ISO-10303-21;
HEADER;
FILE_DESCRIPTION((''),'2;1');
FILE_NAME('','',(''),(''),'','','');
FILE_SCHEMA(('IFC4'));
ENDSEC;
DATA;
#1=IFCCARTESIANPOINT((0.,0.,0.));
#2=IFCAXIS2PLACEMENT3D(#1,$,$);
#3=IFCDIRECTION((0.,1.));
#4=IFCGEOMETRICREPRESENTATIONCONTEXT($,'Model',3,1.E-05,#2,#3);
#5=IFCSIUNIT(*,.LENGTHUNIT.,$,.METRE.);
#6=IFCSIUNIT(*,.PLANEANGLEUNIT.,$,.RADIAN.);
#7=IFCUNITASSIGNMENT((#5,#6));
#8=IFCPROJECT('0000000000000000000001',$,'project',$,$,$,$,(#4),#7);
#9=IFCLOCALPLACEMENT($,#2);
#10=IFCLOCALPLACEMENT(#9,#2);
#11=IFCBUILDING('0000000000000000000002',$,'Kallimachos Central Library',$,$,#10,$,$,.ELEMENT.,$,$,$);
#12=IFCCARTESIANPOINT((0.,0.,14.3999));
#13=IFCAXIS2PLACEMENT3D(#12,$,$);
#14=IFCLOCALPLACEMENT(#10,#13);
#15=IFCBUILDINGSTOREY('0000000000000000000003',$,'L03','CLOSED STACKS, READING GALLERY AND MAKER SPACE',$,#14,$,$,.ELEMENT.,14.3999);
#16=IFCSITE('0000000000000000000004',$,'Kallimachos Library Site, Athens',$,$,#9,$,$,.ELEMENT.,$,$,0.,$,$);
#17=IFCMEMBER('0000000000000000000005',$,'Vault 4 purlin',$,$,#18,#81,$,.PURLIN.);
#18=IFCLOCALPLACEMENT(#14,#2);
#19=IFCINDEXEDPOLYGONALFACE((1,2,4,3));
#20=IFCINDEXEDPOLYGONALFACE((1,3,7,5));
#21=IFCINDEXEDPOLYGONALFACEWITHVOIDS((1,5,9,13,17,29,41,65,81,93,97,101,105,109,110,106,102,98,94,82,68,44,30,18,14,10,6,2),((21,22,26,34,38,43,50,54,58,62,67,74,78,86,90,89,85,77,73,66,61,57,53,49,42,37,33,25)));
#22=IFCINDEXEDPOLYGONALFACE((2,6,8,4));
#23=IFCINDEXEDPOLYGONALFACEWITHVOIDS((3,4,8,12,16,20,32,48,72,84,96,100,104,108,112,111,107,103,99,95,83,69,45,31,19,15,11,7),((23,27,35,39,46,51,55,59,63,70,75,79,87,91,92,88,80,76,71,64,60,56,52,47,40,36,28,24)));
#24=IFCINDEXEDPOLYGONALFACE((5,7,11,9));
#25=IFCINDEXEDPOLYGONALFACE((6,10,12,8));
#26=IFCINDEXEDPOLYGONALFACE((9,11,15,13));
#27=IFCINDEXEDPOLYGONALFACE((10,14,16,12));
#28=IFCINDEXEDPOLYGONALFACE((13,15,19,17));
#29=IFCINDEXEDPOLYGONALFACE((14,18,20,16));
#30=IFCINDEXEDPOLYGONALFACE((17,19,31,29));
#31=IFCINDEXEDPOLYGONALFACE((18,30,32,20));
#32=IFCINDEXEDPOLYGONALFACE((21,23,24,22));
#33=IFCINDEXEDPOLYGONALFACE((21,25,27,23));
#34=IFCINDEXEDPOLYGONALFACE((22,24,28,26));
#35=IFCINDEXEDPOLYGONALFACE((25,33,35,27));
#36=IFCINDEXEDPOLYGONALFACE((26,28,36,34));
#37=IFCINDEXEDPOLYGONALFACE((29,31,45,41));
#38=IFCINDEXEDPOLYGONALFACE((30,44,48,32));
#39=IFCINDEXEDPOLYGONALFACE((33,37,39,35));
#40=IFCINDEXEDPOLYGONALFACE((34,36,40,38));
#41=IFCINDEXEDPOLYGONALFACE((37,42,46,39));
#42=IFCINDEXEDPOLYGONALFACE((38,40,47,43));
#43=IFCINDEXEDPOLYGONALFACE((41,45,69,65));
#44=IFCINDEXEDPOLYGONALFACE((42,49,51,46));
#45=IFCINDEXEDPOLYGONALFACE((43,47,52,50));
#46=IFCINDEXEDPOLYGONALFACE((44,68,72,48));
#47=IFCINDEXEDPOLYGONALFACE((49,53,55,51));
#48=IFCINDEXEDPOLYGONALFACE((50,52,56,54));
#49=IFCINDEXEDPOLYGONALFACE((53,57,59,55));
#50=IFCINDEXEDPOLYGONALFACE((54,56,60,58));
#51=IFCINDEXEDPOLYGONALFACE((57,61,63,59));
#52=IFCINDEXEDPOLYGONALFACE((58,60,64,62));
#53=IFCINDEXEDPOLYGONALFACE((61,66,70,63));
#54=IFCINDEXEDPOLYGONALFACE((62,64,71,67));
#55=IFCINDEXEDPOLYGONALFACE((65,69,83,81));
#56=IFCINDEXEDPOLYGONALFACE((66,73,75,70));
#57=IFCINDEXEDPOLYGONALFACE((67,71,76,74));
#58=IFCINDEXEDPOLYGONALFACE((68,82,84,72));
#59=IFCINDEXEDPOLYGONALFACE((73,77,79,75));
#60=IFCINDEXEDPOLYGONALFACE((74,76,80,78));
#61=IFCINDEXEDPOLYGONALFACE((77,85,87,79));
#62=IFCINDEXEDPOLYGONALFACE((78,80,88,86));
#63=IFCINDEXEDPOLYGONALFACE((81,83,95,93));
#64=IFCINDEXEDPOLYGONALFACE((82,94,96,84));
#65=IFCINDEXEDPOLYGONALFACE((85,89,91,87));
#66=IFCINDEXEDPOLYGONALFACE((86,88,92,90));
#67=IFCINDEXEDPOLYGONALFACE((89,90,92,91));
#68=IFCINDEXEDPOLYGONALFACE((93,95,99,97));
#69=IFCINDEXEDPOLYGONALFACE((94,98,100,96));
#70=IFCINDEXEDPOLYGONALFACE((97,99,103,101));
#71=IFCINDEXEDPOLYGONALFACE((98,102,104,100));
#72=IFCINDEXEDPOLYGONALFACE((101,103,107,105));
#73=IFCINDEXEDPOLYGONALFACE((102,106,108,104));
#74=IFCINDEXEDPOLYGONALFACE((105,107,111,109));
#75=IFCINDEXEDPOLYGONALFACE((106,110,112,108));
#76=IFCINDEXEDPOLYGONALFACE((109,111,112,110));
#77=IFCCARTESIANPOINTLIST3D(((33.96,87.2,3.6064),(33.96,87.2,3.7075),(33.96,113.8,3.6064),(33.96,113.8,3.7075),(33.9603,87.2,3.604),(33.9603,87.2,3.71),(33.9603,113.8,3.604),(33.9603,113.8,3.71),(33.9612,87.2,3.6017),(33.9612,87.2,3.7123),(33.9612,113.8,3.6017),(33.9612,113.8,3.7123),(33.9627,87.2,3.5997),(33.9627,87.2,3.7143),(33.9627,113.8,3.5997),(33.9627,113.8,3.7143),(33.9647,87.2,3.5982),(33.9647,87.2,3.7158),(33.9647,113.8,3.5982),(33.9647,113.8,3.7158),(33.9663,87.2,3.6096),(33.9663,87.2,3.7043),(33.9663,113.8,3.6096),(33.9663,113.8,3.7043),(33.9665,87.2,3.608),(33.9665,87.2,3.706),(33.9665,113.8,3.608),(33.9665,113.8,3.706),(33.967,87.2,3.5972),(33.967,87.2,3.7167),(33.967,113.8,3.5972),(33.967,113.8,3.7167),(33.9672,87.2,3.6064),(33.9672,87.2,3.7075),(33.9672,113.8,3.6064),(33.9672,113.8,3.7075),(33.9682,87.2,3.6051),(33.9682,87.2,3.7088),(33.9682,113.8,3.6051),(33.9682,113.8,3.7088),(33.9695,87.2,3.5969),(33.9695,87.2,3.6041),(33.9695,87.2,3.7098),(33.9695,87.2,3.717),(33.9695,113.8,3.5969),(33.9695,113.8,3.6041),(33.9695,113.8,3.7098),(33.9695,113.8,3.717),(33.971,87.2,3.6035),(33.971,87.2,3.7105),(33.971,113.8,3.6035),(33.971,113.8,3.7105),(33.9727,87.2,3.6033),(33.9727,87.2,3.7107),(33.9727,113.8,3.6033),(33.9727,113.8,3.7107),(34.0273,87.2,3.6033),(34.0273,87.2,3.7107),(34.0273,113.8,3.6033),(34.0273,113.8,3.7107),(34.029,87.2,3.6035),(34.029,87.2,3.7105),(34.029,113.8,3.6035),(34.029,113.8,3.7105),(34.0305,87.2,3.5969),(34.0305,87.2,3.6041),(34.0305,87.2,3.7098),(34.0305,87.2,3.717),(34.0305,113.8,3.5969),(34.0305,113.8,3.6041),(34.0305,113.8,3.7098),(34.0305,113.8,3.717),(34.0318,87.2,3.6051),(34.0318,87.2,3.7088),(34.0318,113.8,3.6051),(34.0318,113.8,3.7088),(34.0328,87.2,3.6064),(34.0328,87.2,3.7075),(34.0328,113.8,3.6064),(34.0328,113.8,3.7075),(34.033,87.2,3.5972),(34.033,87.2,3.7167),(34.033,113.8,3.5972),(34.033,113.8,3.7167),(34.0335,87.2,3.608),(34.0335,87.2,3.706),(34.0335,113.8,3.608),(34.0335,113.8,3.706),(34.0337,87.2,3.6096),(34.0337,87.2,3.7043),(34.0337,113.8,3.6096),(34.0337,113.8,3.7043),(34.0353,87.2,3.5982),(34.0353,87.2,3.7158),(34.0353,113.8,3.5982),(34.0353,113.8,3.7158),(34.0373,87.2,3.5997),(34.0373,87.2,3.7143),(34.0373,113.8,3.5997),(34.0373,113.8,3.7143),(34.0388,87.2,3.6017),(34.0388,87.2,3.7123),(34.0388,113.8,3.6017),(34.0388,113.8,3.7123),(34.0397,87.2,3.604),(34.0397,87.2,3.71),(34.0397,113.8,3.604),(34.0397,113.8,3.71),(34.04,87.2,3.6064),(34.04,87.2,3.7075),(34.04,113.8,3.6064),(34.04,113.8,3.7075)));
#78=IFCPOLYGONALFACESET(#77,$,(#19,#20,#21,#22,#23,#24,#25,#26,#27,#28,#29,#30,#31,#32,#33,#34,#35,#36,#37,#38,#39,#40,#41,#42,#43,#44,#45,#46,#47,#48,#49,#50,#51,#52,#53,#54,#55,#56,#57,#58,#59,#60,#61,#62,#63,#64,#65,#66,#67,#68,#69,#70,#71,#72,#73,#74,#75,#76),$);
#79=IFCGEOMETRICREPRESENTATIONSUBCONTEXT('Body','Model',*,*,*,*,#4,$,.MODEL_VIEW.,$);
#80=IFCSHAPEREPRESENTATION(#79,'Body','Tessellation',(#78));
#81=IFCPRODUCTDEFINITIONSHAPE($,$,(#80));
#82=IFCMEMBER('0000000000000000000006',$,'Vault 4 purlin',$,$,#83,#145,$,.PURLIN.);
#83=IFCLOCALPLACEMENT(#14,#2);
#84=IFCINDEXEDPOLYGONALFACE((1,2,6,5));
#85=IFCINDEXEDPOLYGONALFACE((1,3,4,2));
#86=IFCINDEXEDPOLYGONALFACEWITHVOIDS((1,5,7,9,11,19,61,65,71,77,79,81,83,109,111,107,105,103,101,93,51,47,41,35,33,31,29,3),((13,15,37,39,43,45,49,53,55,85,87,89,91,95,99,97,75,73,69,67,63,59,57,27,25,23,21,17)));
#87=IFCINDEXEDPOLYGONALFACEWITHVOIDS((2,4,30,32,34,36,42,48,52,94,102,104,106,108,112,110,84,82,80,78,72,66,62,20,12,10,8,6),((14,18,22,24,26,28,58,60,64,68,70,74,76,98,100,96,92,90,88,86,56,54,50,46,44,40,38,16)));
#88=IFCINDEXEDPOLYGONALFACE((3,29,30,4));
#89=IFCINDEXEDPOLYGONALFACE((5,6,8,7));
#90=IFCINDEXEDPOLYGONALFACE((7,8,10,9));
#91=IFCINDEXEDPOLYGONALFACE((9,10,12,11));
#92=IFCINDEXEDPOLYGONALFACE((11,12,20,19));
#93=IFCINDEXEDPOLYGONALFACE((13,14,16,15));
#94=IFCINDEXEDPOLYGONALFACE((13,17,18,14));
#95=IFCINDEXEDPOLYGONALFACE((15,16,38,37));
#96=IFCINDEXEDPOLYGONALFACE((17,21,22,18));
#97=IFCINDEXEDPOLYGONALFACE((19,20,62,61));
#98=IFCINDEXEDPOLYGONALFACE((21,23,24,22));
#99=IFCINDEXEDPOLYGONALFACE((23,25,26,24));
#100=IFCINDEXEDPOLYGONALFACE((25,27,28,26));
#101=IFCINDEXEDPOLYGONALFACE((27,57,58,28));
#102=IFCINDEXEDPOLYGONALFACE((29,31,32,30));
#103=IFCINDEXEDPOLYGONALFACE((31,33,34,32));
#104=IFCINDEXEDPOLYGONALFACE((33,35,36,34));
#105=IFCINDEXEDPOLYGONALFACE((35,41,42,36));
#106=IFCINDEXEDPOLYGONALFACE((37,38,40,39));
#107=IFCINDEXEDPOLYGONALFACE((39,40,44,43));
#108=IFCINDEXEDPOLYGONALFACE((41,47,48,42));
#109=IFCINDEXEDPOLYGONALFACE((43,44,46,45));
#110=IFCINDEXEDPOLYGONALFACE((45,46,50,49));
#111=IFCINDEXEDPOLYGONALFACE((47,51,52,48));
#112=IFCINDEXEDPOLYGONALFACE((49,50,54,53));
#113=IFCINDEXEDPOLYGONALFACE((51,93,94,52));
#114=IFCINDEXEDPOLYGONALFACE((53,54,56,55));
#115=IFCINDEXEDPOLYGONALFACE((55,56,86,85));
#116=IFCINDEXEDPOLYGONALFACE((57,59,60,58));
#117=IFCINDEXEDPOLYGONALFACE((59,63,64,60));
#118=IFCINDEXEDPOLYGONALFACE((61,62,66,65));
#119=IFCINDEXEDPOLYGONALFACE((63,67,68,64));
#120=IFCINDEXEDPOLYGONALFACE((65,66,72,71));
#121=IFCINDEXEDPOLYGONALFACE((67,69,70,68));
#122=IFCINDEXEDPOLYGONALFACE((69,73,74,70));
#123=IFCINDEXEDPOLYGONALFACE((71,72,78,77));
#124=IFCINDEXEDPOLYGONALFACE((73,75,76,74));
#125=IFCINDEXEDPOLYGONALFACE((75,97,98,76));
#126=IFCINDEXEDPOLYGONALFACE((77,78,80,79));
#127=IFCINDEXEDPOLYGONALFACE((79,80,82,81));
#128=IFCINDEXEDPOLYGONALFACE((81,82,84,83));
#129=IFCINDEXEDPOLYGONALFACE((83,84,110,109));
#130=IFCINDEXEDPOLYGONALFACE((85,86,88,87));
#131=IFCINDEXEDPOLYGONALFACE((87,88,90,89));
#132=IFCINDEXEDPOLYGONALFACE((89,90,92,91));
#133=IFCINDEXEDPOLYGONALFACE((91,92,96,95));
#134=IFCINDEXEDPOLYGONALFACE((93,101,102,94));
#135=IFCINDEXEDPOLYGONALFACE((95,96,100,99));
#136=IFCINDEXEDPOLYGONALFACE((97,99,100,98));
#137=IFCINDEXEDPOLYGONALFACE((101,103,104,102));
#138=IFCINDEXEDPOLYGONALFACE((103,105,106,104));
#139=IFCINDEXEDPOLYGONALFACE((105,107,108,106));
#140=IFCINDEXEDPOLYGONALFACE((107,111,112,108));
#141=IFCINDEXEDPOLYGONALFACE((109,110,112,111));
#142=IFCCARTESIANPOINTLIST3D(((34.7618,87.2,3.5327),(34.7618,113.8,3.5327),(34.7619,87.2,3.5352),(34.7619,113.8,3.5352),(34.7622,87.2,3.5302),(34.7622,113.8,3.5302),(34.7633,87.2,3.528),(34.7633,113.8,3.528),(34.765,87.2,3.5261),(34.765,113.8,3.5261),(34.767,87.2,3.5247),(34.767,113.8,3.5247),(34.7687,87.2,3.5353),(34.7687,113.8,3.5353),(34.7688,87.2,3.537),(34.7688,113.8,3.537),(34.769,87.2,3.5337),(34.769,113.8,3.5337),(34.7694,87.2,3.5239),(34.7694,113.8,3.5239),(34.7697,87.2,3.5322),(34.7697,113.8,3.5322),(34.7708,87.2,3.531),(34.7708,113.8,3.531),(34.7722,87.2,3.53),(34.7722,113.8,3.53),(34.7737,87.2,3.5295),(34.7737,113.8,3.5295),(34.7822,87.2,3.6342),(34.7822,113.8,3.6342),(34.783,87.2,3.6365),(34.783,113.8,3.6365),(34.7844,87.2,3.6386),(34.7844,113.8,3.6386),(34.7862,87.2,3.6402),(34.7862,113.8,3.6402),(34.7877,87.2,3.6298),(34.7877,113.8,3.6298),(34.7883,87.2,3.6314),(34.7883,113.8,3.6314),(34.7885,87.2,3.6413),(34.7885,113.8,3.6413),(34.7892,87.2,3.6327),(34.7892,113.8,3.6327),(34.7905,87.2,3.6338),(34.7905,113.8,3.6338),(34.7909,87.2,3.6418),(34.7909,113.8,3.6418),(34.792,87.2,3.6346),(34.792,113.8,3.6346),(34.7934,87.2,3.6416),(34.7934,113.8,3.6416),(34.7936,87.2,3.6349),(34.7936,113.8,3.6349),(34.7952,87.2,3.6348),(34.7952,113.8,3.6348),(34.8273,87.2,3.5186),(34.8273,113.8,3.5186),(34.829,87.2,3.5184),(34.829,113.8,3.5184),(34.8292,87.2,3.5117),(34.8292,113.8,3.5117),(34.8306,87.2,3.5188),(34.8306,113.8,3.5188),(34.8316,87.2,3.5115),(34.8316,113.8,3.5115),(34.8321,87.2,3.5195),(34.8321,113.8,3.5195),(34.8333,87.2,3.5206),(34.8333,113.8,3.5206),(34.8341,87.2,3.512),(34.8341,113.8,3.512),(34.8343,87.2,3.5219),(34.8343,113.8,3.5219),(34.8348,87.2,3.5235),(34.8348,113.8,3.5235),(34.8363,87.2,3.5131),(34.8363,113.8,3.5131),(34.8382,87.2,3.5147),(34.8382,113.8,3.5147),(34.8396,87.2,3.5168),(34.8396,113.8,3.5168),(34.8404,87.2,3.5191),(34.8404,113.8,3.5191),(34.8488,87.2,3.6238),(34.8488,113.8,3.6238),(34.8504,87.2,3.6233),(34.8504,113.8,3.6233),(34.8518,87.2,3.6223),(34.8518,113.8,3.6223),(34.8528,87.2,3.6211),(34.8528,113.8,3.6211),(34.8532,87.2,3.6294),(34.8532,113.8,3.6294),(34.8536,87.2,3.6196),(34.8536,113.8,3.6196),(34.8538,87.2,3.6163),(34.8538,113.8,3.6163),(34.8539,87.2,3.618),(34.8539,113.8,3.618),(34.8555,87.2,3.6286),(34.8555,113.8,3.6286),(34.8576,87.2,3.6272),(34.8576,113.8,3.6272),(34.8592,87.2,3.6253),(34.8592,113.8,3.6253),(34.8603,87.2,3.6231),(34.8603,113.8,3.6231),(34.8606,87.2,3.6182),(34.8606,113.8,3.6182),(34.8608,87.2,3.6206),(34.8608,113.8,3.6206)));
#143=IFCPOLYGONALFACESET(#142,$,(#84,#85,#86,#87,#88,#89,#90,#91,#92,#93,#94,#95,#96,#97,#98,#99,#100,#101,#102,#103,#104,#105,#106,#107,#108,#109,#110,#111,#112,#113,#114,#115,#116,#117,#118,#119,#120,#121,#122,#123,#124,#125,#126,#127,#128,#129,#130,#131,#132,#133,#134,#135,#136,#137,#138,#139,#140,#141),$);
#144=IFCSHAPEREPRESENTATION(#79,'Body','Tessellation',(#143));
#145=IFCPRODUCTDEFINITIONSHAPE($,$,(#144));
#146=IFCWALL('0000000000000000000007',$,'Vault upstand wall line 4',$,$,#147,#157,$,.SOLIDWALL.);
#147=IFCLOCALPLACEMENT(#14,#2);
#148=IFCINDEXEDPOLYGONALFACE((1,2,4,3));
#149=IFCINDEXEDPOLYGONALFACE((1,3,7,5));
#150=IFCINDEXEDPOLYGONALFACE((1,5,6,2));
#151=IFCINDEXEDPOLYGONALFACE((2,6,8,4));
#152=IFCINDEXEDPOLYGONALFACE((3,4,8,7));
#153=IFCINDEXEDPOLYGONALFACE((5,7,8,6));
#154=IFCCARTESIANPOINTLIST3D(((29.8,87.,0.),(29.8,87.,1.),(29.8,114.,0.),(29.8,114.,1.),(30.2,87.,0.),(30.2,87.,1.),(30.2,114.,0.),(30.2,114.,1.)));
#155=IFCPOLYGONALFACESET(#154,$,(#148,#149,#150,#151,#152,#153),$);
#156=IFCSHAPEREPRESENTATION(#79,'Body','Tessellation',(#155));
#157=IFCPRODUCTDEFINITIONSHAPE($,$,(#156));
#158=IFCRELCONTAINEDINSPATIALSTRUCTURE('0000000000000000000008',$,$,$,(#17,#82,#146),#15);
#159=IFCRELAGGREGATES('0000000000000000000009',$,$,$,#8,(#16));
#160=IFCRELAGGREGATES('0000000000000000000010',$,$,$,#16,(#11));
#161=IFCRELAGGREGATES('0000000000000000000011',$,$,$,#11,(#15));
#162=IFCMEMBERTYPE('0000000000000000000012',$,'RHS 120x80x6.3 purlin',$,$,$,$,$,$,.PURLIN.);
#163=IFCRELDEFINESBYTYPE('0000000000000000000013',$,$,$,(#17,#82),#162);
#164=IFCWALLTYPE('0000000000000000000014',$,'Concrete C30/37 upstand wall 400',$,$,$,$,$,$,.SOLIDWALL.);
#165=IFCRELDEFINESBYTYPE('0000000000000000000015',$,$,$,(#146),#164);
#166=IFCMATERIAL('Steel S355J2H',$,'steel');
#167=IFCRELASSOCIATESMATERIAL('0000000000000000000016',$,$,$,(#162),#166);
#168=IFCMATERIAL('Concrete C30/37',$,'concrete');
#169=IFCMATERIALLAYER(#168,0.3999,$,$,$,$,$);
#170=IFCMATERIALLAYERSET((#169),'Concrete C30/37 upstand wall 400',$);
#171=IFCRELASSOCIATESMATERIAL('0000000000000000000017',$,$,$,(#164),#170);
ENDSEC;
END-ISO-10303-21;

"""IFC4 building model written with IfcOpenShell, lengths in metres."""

from ifc_helpers import new_model, si_unit, direction, frame, frame_2d, origin, origin_2d, place, context, subcontext, project, spatial, rectangle, hollow_rectangle, extrude, material, layer, layer_set, material_profile, profile_set, type_object, element, save


model = new_model("IFC4")

# Units and contexts
model_context = context("Model", 3, precision=1e-05, world=origin(), true_north=direction((0.0, 1.0)))
body_context = subcontext(model_context, "Body", "Model", "MODEL_VIEW")
ifc_project = project(units=[si_unit("LENGTHUNIT", "METRE"), si_unit("PLANEANGLEUNIT", "RADIAN")], contexts=[model_context])

# Site, building, storey
site_placement = place(None, origin())
site = spatial("IfcSite", under=ifc_project, at=site_placement, Name="Kallimachos Library Site, Athens", CompositionType="ELEMENT", RefElevation=0.0)
building_placement = place(site_placement, origin())
building = spatial("IfcBuilding", under=site, at=building_placement, Name="Kallimachos Central Library", CompositionType="ELEMENT")
storey_placement = place(building_placement, frame((0.0, 0.0, 14.3999)))
storey = spatial("IfcBuildingStorey", under=building, at=storey_placement, Name="L03", Description="CLOSED STACKS, READING GALLERY AND MAKER SPACE", CompositionType="ELEMENT", Elevation=14.3999)

# Members
ifc_material_1 = material(Name="Steel S355J2H", Category="steel")
ifc_material_profile = material_profile(ifc_material_1, hollow_rectangle(XDim=0.0801, YDim=0.1201, WallThickness=0.0063, InnerFilletRadius=0.0063, OuterFilletRadius=0.0095, at=origin_2d()), Name="RHS 120x80x6.3")
ifc_profile_set = profile_set([ifc_material_profile], Name="Steel S355J2H")
member_type = type_object("IfcMemberType", Name="RHS 120x80x6.3 purlin", PredefinedType="PURLIN", material=ifc_profile_set)
for number, where, z_axis, x_axis, name in (
    (1, (34.0, 87.2, 3.657), (0.0, 1.0, 0.0), (-1.0, 0.0, 0.0), "Vault 4 purlin"),
    (2, (34.8113, 87.2, 3.5767), (0.0, 1.0, 0.0), (-0.979797, 0.0, 0.199994), "Vault 4 purlin"),
):
    element("IfcMember", number, at=place(storey_placement, frame(where, z_axis=z_axis, x_axis=x_axis)), inside=storey, type_object=member_type, Name=name, PredefinedType="PURLIN", context=body_context, shape_type="SweptSolid", body=[
        extrude(hollow_rectangle(XDim=0.0801, YDim=0.1201, WallThickness=0.0063, InnerFilletRadius=0.0063, OuterFilletRadius=0.0095, at=origin_2d()), origin(), (0.0, 0.0, 1.0), 26.6001),
    ])

# Wall
ifc_material_2 = material(Name="Concrete C30/37", Category="concrete")
ifc_layer_1 = layer(ifc_material_2, 0.3999)
ifc_layer_set_1 = layer_set([ifc_layer_1], Name="Concrete C30/37 upstand wall 400")
wall_type_1 = type_object("IfcWallType", Name="Concrete C30/37 upstand wall 400", PredefinedType="SOLIDWALL", material=ifc_layer_set_1)
wall_1_placement = place(storey_placement, frame((30.0, 87.0, 0.0), z_axis=(0.0, 0.0, 1.0), x_axis=(0.0, 1.0, 0.0)))
element("IfcWall", 3, at=wall_1_placement, inside=storey, type_object=wall_type_1, Name="Vault upstand wall line 4", PredefinedType="SOLIDWALL", context=body_context, shape_type="SweptSolid", body=[
    extrude(rectangle(XDim=27.0, YDim=0.3999, at=frame_2d((13.5, 0.0))), origin(), (0.0, 0.0, 1.0), 1.0),
])

save(model, "model.ifc")
